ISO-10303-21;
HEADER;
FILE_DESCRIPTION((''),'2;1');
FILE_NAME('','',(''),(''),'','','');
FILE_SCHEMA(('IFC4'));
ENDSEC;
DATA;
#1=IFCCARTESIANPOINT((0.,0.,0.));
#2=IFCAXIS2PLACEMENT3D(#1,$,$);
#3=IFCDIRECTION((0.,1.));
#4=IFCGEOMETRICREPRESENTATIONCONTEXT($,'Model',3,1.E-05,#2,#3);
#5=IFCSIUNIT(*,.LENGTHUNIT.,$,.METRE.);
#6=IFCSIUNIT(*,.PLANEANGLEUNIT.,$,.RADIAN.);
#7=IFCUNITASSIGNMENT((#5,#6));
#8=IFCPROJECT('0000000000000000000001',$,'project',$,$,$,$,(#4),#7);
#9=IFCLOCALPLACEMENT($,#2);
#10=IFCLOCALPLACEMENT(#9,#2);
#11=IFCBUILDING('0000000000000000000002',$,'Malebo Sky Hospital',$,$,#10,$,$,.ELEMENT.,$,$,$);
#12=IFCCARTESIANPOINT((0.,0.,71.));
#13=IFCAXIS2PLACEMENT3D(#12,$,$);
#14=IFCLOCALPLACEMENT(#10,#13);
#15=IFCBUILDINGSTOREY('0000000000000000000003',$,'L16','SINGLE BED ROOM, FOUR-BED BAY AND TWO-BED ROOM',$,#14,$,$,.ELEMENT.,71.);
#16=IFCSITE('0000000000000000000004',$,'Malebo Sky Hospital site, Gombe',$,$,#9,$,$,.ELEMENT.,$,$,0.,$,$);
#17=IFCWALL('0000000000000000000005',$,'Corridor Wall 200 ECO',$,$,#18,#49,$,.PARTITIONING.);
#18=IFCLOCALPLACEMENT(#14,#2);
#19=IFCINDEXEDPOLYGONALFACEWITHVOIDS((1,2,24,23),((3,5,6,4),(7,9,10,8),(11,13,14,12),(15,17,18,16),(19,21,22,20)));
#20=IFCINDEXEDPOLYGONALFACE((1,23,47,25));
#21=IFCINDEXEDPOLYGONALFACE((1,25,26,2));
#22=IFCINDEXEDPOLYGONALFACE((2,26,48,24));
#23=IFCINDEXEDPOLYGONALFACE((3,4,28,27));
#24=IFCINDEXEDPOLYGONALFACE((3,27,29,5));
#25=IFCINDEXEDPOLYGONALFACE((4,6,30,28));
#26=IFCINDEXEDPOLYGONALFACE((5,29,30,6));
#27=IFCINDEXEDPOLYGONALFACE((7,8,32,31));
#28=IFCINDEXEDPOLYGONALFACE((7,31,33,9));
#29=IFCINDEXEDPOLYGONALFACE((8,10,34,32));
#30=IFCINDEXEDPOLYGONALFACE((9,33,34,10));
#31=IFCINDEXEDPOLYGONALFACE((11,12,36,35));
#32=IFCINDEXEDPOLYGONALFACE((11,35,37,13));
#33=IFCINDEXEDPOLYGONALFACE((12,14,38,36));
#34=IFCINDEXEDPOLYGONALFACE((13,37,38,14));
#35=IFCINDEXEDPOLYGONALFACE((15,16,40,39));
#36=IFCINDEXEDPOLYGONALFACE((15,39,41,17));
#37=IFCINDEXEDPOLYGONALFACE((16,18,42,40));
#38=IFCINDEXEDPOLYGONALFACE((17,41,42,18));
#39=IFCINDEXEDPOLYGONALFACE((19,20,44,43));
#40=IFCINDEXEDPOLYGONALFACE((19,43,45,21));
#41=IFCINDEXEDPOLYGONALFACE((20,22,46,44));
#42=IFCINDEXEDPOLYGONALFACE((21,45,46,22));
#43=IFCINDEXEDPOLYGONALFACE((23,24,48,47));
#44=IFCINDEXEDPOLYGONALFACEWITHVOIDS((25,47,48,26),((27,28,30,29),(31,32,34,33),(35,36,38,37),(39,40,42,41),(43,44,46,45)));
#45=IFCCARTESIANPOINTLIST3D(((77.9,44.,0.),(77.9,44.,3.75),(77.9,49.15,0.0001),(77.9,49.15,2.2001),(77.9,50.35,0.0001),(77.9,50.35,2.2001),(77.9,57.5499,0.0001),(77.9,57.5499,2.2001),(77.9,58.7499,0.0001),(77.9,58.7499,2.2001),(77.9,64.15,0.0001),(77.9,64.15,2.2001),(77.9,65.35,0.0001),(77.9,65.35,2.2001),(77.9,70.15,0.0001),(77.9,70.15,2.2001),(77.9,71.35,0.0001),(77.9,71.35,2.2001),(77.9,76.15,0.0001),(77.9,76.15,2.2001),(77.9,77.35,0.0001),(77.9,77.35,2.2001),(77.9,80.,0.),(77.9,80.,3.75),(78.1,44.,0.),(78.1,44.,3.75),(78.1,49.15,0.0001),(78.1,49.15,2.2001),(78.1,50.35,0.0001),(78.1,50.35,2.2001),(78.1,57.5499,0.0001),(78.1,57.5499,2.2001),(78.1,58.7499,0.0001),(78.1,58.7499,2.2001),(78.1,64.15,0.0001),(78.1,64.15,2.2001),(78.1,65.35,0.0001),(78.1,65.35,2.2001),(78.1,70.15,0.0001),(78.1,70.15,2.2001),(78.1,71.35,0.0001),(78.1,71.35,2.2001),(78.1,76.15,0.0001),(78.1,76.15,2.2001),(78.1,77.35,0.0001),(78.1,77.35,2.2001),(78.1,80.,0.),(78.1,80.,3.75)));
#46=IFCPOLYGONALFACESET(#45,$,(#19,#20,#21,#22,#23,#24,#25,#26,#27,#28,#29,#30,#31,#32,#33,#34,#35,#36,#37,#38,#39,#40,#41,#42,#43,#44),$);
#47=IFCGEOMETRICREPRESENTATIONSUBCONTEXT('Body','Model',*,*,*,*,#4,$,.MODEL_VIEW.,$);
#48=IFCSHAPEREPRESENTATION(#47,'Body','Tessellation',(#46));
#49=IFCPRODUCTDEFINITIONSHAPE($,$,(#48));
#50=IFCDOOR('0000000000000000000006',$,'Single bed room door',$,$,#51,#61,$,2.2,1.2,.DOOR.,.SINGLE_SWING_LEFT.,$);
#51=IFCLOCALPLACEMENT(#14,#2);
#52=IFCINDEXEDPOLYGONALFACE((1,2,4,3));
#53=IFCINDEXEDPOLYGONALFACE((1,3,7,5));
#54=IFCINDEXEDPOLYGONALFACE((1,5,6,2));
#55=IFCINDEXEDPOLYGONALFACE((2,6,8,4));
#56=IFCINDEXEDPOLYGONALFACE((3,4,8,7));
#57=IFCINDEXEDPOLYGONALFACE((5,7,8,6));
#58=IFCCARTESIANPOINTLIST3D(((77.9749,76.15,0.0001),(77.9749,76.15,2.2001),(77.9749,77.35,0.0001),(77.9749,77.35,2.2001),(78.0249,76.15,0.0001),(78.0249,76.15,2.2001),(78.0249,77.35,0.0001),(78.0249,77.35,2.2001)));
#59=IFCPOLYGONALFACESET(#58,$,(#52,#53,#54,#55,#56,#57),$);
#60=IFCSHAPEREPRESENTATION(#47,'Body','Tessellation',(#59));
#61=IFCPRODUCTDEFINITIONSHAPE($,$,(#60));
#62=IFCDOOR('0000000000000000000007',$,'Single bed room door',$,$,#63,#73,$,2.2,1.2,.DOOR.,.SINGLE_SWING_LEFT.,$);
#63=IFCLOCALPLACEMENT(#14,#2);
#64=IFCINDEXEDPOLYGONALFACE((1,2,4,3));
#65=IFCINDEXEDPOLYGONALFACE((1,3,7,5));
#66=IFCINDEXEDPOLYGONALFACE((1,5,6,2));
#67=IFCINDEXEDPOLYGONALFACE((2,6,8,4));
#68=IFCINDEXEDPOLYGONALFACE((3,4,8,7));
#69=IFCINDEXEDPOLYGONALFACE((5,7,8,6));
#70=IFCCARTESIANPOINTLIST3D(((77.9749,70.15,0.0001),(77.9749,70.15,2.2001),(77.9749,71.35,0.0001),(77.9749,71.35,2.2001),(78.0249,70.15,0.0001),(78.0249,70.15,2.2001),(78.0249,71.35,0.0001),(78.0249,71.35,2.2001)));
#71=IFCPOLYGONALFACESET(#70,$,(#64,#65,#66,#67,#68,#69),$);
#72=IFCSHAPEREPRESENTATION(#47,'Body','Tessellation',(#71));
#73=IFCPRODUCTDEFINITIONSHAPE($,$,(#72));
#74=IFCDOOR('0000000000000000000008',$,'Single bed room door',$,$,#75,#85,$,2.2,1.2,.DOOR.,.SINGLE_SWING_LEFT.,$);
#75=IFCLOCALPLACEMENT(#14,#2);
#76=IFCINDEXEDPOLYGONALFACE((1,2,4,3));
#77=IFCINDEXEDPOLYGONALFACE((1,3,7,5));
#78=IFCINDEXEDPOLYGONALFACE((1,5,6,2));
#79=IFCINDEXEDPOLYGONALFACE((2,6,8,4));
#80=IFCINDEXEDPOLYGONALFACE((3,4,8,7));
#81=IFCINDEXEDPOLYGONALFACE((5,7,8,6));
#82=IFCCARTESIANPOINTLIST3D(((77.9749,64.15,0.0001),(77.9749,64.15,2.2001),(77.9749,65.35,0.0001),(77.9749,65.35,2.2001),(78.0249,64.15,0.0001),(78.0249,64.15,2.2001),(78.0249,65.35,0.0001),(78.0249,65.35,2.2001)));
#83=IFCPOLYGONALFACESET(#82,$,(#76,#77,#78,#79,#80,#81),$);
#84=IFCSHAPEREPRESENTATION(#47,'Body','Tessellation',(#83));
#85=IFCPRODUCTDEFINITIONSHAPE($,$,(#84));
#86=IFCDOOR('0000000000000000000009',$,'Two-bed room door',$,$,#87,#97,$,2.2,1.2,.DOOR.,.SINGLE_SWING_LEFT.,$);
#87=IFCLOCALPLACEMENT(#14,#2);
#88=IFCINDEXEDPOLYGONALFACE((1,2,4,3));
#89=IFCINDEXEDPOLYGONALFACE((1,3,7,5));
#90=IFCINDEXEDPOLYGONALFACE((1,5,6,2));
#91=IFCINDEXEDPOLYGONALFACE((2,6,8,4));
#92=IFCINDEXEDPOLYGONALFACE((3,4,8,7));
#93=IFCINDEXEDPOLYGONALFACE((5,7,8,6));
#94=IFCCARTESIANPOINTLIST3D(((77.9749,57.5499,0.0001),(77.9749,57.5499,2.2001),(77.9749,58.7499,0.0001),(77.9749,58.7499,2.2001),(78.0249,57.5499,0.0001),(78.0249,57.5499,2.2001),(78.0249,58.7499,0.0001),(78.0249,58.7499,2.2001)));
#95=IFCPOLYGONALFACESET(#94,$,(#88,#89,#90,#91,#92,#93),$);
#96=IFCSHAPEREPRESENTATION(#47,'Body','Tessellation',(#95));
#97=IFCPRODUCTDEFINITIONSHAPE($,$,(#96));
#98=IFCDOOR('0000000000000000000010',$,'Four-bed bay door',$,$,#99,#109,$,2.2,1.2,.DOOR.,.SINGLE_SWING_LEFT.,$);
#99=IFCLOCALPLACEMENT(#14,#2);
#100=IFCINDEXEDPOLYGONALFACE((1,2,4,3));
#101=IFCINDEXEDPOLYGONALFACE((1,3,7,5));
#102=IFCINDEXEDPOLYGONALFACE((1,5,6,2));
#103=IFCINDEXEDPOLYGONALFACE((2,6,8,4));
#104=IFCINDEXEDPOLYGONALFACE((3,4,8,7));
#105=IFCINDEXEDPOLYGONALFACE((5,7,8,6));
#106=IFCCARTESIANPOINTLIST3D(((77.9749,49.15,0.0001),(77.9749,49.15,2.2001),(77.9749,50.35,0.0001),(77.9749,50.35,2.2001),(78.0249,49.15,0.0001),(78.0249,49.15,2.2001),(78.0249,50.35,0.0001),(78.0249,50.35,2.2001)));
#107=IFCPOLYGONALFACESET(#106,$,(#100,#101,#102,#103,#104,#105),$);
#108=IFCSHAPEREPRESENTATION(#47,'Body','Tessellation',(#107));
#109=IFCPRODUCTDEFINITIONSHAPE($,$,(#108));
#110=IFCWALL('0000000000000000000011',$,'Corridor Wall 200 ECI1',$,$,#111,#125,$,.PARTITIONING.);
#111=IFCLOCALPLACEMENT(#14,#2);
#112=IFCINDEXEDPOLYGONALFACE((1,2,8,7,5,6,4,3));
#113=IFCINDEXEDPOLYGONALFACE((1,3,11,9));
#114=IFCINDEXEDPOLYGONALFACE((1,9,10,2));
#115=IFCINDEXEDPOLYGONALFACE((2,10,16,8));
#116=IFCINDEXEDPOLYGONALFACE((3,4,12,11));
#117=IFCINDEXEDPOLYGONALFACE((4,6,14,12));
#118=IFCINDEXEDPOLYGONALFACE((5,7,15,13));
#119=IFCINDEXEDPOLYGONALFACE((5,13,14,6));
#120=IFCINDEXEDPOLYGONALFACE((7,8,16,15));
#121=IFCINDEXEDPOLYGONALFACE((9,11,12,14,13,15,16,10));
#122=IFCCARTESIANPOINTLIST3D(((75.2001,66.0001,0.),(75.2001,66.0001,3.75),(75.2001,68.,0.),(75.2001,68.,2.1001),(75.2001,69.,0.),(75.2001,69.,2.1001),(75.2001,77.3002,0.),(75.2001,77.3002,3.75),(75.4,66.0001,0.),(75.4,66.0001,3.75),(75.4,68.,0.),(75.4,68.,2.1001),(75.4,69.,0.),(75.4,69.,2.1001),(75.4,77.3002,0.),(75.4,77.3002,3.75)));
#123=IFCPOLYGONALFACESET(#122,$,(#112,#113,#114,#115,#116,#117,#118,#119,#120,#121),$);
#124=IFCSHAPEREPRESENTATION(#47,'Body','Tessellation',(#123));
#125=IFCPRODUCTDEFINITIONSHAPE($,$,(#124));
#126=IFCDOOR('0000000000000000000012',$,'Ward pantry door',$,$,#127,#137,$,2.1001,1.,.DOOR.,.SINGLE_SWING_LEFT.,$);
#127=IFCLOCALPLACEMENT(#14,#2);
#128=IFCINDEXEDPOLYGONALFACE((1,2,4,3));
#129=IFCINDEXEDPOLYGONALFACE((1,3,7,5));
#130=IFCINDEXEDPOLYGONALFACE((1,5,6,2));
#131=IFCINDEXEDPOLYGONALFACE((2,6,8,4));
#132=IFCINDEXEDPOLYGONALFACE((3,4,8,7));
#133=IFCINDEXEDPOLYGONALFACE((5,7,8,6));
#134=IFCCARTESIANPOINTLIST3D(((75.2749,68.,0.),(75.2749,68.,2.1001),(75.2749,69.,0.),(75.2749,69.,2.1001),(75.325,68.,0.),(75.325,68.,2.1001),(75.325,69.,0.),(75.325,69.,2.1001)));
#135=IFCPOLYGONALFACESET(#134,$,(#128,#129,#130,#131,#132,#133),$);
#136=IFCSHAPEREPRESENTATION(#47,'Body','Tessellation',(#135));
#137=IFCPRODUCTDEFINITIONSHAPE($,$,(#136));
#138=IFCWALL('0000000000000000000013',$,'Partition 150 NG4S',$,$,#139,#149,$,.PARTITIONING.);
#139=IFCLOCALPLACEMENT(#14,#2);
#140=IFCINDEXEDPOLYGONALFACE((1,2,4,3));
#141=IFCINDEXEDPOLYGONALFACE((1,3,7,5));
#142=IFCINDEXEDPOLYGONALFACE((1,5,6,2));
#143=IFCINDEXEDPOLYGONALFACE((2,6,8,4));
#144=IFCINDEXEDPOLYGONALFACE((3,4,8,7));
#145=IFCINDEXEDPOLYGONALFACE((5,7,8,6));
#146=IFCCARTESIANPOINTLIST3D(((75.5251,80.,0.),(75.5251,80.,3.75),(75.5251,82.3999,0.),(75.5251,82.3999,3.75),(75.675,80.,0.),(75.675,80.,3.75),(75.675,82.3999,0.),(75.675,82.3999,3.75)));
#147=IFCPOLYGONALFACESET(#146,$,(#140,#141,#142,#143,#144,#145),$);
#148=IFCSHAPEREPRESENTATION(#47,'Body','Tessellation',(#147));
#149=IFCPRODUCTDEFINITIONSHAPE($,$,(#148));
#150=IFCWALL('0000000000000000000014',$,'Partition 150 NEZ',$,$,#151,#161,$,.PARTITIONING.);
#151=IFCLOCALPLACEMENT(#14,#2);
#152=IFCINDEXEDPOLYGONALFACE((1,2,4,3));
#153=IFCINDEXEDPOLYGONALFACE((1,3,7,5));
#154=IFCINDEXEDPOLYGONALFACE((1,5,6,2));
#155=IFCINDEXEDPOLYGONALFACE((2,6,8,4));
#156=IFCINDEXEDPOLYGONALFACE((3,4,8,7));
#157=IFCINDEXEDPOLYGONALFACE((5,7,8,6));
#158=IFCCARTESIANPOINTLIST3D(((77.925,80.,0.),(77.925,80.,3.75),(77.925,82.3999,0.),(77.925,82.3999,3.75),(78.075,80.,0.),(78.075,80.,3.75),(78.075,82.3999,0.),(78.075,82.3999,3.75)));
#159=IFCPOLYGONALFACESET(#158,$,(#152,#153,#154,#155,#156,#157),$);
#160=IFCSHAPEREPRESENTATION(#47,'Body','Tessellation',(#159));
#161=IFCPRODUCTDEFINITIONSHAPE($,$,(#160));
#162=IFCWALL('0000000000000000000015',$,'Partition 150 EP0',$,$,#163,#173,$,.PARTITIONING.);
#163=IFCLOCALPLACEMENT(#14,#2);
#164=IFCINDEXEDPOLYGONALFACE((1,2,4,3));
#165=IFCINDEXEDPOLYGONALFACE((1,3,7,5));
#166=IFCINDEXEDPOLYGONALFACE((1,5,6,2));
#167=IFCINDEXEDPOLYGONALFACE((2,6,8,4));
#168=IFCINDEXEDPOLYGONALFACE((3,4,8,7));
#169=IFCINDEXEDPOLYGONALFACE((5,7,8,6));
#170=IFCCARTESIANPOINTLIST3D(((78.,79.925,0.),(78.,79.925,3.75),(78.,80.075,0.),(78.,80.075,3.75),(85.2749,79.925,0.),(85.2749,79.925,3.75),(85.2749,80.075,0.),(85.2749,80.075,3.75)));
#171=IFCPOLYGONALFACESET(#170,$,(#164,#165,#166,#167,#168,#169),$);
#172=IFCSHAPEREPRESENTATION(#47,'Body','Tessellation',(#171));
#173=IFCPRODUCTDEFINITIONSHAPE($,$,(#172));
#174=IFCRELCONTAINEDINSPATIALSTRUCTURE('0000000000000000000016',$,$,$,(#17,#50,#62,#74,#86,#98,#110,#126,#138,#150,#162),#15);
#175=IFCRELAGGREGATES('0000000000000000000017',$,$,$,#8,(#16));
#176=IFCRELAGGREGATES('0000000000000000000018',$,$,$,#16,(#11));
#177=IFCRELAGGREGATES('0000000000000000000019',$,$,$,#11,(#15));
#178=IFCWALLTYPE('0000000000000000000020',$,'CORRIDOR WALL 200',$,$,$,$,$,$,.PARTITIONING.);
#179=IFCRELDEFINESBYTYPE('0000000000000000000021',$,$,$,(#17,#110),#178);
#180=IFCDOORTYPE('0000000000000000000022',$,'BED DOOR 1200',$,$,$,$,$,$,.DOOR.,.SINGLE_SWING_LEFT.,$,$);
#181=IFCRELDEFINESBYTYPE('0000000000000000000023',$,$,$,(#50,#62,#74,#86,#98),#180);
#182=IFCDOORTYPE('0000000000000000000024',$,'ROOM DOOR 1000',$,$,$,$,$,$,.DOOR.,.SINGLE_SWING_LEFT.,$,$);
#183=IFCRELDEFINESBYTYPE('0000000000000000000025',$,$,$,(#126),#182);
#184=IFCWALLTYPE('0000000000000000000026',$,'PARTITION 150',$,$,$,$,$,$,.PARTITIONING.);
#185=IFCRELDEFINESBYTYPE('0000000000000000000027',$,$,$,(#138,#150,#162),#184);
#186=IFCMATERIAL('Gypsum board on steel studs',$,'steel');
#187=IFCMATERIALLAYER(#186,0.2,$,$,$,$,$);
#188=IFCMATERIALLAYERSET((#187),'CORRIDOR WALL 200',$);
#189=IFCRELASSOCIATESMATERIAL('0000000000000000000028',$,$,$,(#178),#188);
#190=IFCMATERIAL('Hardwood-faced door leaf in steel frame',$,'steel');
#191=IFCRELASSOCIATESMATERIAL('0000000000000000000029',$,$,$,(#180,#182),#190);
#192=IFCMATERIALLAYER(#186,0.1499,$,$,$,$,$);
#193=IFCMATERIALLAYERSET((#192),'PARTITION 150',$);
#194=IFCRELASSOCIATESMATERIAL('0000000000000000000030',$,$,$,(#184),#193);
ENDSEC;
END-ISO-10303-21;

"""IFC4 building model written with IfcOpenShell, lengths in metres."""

from ifc_helpers import new_model, si_unit, direction, frame, frame_2d, origin, place, context, subcontext, project, spatial, rectangle, extrude, material, layer, layer_set, type_object, element, fill, save


model = new_model("IFC4")

# Units and contexts
model_context = context("Model", 3, precision=1e-05, world=origin(), true_north=direction((0.0, 1.0)))
body_context = subcontext(model_context, "Body", "Model", "MODEL_VIEW")
ifc_project = project(units=[si_unit("LENGTHUNIT", "METRE"), si_unit("PLANEANGLEUNIT", "RADIAN")], contexts=[model_context])

# Site, building, storey
site_placement = place(None, origin())
site = spatial("IfcSite", under=ifc_project, at=site_placement, Name="Malebo Sky Hospital site, Gombe", CompositionType="ELEMENT", RefElevation=0.0)
building_placement = place(site_placement, origin())
building = spatial("IfcBuilding", under=site, at=building_placement, Name="Malebo Sky Hospital", CompositionType="ELEMENT")
storey_placement = place(building_placement, frame((0.0, 0.0, 71.0)))
storey = spatial("IfcBuildingStorey", under=building, at=storey_placement, Name="L16", Description="SINGLE BED ROOM, FOUR-BED BAY AND TWO-BED ROOM", CompositionType="ELEMENT", Elevation=71.0)

# Wall, openings, doors
ifc_material_1 = material(Name="Gypsum board on steel studs", Category="steel")
ifc_layer_1 = layer(ifc_material_1, 0.2)
ifc_layer_set_1 = layer_set([ifc_layer_1], Name="CORRIDOR WALL 200")
wall_type_1 = type_object("IfcWallType", Name="CORRIDOR WALL 200", PredefinedType="PARTITIONING", material=ifc_layer_set_1)
wall_1_placement = place(storey_placement, frame((78.0, 80.0, 0.0), z_axis=(0.0, 0.0, 1.0), x_axis=(0.0, -1.0, 0.0)))
wall_1 = element("IfcWall", 1, at=wall_1_placement, inside=storey, type_object=wall_type_1, Name="Corridor Wall 200 ECO", PredefinedType="PARTITIONING", context=body_context, shape_type="SweptSolid", body=[
    extrude(rectangle(XDim=36.0, YDim=0.2, at=frame_2d((18.0, 0.0))), origin(), (0.0, 0.0, 1.0), 3.75),
])
opening_1_placement = place(wall_1_placement, frame((2.6499, 0.0, 0.0)))
opening_1 = element("IfcOpeningElement", 2, at=opening_1_placement, cuts=wall_1, PredefinedType="OPENING", context=body_context, shape_type="SweptSolid", body=[
    extrude(rectangle(XDim=1.2, YDim=2.2, at=frame_2d((0.6001, 1.1001))), frame((0.0, 0.1099, 0.0), z_axis=(0.0, -1.0, 0.0), x_axis=(1.0, 0.0, 0.0)), (0.0, 0.0, 1.0), 0.22),
])
opening_2_placement = place(wall_1_placement, frame((8.6499, 0.0, 0.0)))
opening_2 = element("IfcOpeningElement", 3, at=opening_2_placement, cuts=wall_1, PredefinedType="OPENING", context=body_context, shape_type="SweptSolid", body=[
    extrude(rectangle(XDim=1.2, YDim=2.2, at=frame_2d((0.6001, 1.1001))), frame((0.0, 0.1099, 0.0), z_axis=(0.0, -1.0, 0.0), x_axis=(1.0, 0.0, 0.0)), (0.0, 0.0, 1.0), 0.22),
])
opening_3_placement = place(wall_1_placement, frame((14.6499, 0.0, 0.0)))
opening_3 = element("IfcOpeningElement", 4, at=opening_3_placement, cuts=wall_1, PredefinedType="OPENING", context=body_context, shape_type="SweptSolid", body=[
    extrude(rectangle(XDim=1.2, YDim=2.2, at=frame_2d((0.6001, 1.1001))), frame((0.0, 0.1099, 0.0), z_axis=(0.0, -1.0, 0.0), x_axis=(1.0, 0.0, 0.0)), (0.0, 0.0, 1.0), 0.22),
])
opening_4_placement = place(wall_1_placement, frame((21.25, 0.0, 0.0)))
opening_4 = element("IfcOpeningElement", 5, at=opening_4_placement, cuts=wall_1, PredefinedType="OPENING", context=body_context, shape_type="SweptSolid", body=[
    extrude(rectangle(XDim=1.2, YDim=2.2, at=frame_2d((0.6001, 1.1001))), frame((0.0, 0.1099, 0.0), z_axis=(0.0, -1.0, 0.0), x_axis=(1.0, 0.0, 0.0)), (0.0, 0.0, 1.0), 0.22),
])
opening_5_placement = place(wall_1_placement, frame((29.6499, 0.0, 0.0)))
opening_5 = element("IfcOpeningElement", 6, at=opening_5_placement, cuts=wall_1, PredefinedType="OPENING", context=body_context, shape_type="SweptSolid", body=[
    extrude(rectangle(XDim=1.2, YDim=2.2, at=frame_2d((0.6001, 1.1001))), frame((0.0, 0.1099, 0.0), z_axis=(0.0, -1.0, 0.0), x_axis=(1.0, 0.0, 0.0)), (0.0, 0.0, 1.0), 0.22),
])
ifc_material_2 = material(Name="Hardwood-faced door leaf in steel frame", Category="steel")
door_type_1 = type_object("IfcDoorType", Name="BED DOOR 1200", OperationType="SINGLE_SWING_LEFT", PredefinedType="DOOR", material=ifc_material_2)
door_1_placement = place(opening_1_placement, origin())
door_1 = element("IfcDoor", 7, at=door_1_placement, inside=storey, type_object=door_type_1, Name="Single bed room door", OperationType="SINGLE_SWING_LEFT", OverallHeight=2.2, OverallWidth=1.2, PredefinedType="DOOR", context=body_context, shape_type="SweptSolid", body=[
    extrude(rectangle(XDim=1.2, YDim=2.2, at=frame_2d((0.6001, 1.1001))), frame((0.0, 0.0249, 0.0), z_axis=(0.0, -1.0, 0.0), x_axis=(1.0, 0.0, 0.0)), (0.0, 0.0, 1.0), 0.05),
])
fill(opening_1, door_1)
door_2_placement = place(opening_2_placement, origin())
door_2 = element("IfcDoor", 8, at=door_2_placement, inside=storey, type_object=door_type_1, Name="Single bed room door", OperationType="SINGLE_SWING_LEFT", OverallHeight=2.2, OverallWidth=1.2, PredefinedType="DOOR", context=body_context, shape_type="SweptSolid", body=[
    extrude(rectangle(XDim=1.2, YDim=2.2, at=frame_2d((0.6001, 1.1001))), frame((0.0, 0.0249, 0.0), z_axis=(0.0, -1.0, 0.0), x_axis=(1.0, 0.0, 0.0)), (0.0, 0.0, 1.0), 0.05),
])
fill(opening_2, door_2)
door_3_placement = place(opening_3_placement, origin())
door_3 = element("IfcDoor", 9, at=door_3_placement, inside=storey, type_object=door_type_1, Name="Single bed room door", OperationType="SINGLE_SWING_LEFT", OverallHeight=2.2, OverallWidth=1.2, PredefinedType="DOOR", context=body_context, shape_type="SweptSolid", body=[
    extrude(rectangle(XDim=1.2, YDim=2.2, at=frame_2d((0.6001, 1.1001))), frame((0.0, 0.0249, 0.0), z_axis=(0.0, -1.0, 0.0), x_axis=(1.0, 0.0, 0.0)), (0.0, 0.0, 1.0), 0.05),
])
fill(opening_3, door_3)
door_4_placement = place(opening_4_placement, origin())
door_4 = element("IfcDoor", 10, at=door_4_placement, inside=storey, type_object=door_type_1, Name="Two-bed room door", OperationType="SINGLE_SWING_LEFT", OverallHeight=2.2, OverallWidth=1.2, PredefinedType="DOOR", context=body_context, shape_type="SweptSolid", body=[
    extrude(rectangle(XDim=1.2, YDim=2.2, at=frame_2d((0.6001, 1.1001))), frame((0.0, 0.0249, 0.0), z_axis=(0.0, -1.0, 0.0), x_axis=(1.0, 0.0, 0.0)), (0.0, 0.0, 1.0), 0.05),
])
fill(opening_4, door_4)
door_5_placement = place(opening_5_placement, origin())
door_5 = element("IfcDoor", 11, at=door_5_placement, inside=storey, type_object=door_type_1, Name="Four-bed bay door", OperationType="SINGLE_SWING_LEFT", OverallHeight=2.2, OverallWidth=1.2, PredefinedType="DOOR", context=body_context, shape_type="SweptSolid", body=[
    extrude(rectangle(XDim=1.2, YDim=2.2, at=frame_2d((0.6001, 1.1001))), frame((0.0, 0.0249, 0.0), z_axis=(0.0, -1.0, 0.0), x_axis=(1.0, 0.0, 0.0)), (0.0, 0.0, 1.0), 0.05),
])
fill(opening_5, door_5)

# Wall, opening, door
wall_2_placement = place(storey_placement, frame((75.3, 77.3, 0.0), z_axis=(0.0, 0.0, 1.0), x_axis=(0.0, -1.0, 0.0)))
wall_2 = element("IfcWall", 12, at=wall_2_placement, inside=storey, type_object=wall_type_1, Name="Corridor Wall 200 ECI1", PredefinedType="PARTITIONING", context=body_context, shape_type="SweptSolid", body=[
    extrude(rectangle(XDim=11.3, YDim=0.2, at=frame_2d((5.6499, 0.0))), origin(), (0.0, 0.0, 1.0), 3.75),
])
opening_6_placement = place(wall_2_placement, frame((8.3, 0.0, 0.0)))
opening_6 = element("IfcOpeningElement", 13, at=opening_6_placement, cuts=wall_2, PredefinedType="OPENING", context=body_context, shape_type="SweptSolid", body=[
    extrude(rectangle(XDim=1.0, YDim=2.1001, at=frame_2d((0.5, 1.05))), frame((0.0, 0.1099, 0.0), z_axis=(0.0, -1.0, 0.0), x_axis=(1.0, 0.0, 0.0)), (0.0, 0.0, 1.0), 0.22),
])
door_type_2 = type_object("IfcDoorType", Name="ROOM DOOR 1000", OperationType="SINGLE_SWING_LEFT", PredefinedType="DOOR", material=ifc_material_2)
door_6_placement = place(opening_6_placement, origin())
door_6 = element("IfcDoor", 14, at=door_6_placement, inside=storey, type_object=door_type_2, Name="Ward pantry door", OperationType="SINGLE_SWING_LEFT", OverallHeight=2.1001, OverallWidth=1.0, PredefinedType="DOOR", context=body_context, shape_type="SweptSolid", body=[
    extrude(rectangle(XDim=1.0, YDim=2.1001, at=frame_2d((0.5, 1.05))), frame((0.0, 0.0249, 0.0), z_axis=(0.0, -1.0, 0.0), x_axis=(1.0, 0.0, 0.0)), (0.0, 0.0, 1.0), 0.05),
])
fill(opening_6, door_6)

# Walls
ifc_layer_2 = layer(ifc_material_1, 0.1499)
ifc_layer_set_2 = layer_set([ifc_layer_2], Name="PARTITION 150")
wall_type_2 = type_object("IfcWallType", Name="PARTITION 150", PredefinedType="PARTITIONING", material=ifc_layer_set_2)
for number, where, z_axis, x_axis, name in (
    (15, (75.6001, 80.0, 0.0), (0.0, 0.0, 1.0), (0.0, 1.0, 0.0), "Partition 150 NG4S"),
    (16, (78.0, 80.0, 0.0), (0.0, 0.0, 1.0), (0.0, 1.0, 0.0), "Partition 150 NEZ"),
):
    element("IfcWall", number, at=place(storey_placement, frame(where, z_axis=z_axis, x_axis=x_axis)), inside=storey, type_object=wall_type_2, Name=name, PredefinedType="PARTITIONING", context=body_context, shape_type="SweptSolid", body=[
        extrude(rectangle(XDim=2.3999, YDim=0.1499, at=frame_2d((1.2, 0.0))), origin(), (0.0, 0.0, 1.0), 3.75),
    ])
wall_3_placement = place(storey_placement, frame((78.0, 80.0, 0.0), z_axis=(0.0, 0.0, 1.0), x_axis=(1.0, 0.0, 0.0)))
element("IfcWall", 17, at=wall_3_placement, inside=storey, type_object=wall_type_2, Name="Partition 150 EP0", PredefinedType="PARTITIONING", context=body_context, shape_type="SweptSolid", body=[
    extrude(rectangle(XDim=7.2749, YDim=0.1499, at=frame_2d((3.6375, 0.0))), origin(), (0.0, 0.0, 1.0), 3.75),
])

save(model, "model.ifc")
